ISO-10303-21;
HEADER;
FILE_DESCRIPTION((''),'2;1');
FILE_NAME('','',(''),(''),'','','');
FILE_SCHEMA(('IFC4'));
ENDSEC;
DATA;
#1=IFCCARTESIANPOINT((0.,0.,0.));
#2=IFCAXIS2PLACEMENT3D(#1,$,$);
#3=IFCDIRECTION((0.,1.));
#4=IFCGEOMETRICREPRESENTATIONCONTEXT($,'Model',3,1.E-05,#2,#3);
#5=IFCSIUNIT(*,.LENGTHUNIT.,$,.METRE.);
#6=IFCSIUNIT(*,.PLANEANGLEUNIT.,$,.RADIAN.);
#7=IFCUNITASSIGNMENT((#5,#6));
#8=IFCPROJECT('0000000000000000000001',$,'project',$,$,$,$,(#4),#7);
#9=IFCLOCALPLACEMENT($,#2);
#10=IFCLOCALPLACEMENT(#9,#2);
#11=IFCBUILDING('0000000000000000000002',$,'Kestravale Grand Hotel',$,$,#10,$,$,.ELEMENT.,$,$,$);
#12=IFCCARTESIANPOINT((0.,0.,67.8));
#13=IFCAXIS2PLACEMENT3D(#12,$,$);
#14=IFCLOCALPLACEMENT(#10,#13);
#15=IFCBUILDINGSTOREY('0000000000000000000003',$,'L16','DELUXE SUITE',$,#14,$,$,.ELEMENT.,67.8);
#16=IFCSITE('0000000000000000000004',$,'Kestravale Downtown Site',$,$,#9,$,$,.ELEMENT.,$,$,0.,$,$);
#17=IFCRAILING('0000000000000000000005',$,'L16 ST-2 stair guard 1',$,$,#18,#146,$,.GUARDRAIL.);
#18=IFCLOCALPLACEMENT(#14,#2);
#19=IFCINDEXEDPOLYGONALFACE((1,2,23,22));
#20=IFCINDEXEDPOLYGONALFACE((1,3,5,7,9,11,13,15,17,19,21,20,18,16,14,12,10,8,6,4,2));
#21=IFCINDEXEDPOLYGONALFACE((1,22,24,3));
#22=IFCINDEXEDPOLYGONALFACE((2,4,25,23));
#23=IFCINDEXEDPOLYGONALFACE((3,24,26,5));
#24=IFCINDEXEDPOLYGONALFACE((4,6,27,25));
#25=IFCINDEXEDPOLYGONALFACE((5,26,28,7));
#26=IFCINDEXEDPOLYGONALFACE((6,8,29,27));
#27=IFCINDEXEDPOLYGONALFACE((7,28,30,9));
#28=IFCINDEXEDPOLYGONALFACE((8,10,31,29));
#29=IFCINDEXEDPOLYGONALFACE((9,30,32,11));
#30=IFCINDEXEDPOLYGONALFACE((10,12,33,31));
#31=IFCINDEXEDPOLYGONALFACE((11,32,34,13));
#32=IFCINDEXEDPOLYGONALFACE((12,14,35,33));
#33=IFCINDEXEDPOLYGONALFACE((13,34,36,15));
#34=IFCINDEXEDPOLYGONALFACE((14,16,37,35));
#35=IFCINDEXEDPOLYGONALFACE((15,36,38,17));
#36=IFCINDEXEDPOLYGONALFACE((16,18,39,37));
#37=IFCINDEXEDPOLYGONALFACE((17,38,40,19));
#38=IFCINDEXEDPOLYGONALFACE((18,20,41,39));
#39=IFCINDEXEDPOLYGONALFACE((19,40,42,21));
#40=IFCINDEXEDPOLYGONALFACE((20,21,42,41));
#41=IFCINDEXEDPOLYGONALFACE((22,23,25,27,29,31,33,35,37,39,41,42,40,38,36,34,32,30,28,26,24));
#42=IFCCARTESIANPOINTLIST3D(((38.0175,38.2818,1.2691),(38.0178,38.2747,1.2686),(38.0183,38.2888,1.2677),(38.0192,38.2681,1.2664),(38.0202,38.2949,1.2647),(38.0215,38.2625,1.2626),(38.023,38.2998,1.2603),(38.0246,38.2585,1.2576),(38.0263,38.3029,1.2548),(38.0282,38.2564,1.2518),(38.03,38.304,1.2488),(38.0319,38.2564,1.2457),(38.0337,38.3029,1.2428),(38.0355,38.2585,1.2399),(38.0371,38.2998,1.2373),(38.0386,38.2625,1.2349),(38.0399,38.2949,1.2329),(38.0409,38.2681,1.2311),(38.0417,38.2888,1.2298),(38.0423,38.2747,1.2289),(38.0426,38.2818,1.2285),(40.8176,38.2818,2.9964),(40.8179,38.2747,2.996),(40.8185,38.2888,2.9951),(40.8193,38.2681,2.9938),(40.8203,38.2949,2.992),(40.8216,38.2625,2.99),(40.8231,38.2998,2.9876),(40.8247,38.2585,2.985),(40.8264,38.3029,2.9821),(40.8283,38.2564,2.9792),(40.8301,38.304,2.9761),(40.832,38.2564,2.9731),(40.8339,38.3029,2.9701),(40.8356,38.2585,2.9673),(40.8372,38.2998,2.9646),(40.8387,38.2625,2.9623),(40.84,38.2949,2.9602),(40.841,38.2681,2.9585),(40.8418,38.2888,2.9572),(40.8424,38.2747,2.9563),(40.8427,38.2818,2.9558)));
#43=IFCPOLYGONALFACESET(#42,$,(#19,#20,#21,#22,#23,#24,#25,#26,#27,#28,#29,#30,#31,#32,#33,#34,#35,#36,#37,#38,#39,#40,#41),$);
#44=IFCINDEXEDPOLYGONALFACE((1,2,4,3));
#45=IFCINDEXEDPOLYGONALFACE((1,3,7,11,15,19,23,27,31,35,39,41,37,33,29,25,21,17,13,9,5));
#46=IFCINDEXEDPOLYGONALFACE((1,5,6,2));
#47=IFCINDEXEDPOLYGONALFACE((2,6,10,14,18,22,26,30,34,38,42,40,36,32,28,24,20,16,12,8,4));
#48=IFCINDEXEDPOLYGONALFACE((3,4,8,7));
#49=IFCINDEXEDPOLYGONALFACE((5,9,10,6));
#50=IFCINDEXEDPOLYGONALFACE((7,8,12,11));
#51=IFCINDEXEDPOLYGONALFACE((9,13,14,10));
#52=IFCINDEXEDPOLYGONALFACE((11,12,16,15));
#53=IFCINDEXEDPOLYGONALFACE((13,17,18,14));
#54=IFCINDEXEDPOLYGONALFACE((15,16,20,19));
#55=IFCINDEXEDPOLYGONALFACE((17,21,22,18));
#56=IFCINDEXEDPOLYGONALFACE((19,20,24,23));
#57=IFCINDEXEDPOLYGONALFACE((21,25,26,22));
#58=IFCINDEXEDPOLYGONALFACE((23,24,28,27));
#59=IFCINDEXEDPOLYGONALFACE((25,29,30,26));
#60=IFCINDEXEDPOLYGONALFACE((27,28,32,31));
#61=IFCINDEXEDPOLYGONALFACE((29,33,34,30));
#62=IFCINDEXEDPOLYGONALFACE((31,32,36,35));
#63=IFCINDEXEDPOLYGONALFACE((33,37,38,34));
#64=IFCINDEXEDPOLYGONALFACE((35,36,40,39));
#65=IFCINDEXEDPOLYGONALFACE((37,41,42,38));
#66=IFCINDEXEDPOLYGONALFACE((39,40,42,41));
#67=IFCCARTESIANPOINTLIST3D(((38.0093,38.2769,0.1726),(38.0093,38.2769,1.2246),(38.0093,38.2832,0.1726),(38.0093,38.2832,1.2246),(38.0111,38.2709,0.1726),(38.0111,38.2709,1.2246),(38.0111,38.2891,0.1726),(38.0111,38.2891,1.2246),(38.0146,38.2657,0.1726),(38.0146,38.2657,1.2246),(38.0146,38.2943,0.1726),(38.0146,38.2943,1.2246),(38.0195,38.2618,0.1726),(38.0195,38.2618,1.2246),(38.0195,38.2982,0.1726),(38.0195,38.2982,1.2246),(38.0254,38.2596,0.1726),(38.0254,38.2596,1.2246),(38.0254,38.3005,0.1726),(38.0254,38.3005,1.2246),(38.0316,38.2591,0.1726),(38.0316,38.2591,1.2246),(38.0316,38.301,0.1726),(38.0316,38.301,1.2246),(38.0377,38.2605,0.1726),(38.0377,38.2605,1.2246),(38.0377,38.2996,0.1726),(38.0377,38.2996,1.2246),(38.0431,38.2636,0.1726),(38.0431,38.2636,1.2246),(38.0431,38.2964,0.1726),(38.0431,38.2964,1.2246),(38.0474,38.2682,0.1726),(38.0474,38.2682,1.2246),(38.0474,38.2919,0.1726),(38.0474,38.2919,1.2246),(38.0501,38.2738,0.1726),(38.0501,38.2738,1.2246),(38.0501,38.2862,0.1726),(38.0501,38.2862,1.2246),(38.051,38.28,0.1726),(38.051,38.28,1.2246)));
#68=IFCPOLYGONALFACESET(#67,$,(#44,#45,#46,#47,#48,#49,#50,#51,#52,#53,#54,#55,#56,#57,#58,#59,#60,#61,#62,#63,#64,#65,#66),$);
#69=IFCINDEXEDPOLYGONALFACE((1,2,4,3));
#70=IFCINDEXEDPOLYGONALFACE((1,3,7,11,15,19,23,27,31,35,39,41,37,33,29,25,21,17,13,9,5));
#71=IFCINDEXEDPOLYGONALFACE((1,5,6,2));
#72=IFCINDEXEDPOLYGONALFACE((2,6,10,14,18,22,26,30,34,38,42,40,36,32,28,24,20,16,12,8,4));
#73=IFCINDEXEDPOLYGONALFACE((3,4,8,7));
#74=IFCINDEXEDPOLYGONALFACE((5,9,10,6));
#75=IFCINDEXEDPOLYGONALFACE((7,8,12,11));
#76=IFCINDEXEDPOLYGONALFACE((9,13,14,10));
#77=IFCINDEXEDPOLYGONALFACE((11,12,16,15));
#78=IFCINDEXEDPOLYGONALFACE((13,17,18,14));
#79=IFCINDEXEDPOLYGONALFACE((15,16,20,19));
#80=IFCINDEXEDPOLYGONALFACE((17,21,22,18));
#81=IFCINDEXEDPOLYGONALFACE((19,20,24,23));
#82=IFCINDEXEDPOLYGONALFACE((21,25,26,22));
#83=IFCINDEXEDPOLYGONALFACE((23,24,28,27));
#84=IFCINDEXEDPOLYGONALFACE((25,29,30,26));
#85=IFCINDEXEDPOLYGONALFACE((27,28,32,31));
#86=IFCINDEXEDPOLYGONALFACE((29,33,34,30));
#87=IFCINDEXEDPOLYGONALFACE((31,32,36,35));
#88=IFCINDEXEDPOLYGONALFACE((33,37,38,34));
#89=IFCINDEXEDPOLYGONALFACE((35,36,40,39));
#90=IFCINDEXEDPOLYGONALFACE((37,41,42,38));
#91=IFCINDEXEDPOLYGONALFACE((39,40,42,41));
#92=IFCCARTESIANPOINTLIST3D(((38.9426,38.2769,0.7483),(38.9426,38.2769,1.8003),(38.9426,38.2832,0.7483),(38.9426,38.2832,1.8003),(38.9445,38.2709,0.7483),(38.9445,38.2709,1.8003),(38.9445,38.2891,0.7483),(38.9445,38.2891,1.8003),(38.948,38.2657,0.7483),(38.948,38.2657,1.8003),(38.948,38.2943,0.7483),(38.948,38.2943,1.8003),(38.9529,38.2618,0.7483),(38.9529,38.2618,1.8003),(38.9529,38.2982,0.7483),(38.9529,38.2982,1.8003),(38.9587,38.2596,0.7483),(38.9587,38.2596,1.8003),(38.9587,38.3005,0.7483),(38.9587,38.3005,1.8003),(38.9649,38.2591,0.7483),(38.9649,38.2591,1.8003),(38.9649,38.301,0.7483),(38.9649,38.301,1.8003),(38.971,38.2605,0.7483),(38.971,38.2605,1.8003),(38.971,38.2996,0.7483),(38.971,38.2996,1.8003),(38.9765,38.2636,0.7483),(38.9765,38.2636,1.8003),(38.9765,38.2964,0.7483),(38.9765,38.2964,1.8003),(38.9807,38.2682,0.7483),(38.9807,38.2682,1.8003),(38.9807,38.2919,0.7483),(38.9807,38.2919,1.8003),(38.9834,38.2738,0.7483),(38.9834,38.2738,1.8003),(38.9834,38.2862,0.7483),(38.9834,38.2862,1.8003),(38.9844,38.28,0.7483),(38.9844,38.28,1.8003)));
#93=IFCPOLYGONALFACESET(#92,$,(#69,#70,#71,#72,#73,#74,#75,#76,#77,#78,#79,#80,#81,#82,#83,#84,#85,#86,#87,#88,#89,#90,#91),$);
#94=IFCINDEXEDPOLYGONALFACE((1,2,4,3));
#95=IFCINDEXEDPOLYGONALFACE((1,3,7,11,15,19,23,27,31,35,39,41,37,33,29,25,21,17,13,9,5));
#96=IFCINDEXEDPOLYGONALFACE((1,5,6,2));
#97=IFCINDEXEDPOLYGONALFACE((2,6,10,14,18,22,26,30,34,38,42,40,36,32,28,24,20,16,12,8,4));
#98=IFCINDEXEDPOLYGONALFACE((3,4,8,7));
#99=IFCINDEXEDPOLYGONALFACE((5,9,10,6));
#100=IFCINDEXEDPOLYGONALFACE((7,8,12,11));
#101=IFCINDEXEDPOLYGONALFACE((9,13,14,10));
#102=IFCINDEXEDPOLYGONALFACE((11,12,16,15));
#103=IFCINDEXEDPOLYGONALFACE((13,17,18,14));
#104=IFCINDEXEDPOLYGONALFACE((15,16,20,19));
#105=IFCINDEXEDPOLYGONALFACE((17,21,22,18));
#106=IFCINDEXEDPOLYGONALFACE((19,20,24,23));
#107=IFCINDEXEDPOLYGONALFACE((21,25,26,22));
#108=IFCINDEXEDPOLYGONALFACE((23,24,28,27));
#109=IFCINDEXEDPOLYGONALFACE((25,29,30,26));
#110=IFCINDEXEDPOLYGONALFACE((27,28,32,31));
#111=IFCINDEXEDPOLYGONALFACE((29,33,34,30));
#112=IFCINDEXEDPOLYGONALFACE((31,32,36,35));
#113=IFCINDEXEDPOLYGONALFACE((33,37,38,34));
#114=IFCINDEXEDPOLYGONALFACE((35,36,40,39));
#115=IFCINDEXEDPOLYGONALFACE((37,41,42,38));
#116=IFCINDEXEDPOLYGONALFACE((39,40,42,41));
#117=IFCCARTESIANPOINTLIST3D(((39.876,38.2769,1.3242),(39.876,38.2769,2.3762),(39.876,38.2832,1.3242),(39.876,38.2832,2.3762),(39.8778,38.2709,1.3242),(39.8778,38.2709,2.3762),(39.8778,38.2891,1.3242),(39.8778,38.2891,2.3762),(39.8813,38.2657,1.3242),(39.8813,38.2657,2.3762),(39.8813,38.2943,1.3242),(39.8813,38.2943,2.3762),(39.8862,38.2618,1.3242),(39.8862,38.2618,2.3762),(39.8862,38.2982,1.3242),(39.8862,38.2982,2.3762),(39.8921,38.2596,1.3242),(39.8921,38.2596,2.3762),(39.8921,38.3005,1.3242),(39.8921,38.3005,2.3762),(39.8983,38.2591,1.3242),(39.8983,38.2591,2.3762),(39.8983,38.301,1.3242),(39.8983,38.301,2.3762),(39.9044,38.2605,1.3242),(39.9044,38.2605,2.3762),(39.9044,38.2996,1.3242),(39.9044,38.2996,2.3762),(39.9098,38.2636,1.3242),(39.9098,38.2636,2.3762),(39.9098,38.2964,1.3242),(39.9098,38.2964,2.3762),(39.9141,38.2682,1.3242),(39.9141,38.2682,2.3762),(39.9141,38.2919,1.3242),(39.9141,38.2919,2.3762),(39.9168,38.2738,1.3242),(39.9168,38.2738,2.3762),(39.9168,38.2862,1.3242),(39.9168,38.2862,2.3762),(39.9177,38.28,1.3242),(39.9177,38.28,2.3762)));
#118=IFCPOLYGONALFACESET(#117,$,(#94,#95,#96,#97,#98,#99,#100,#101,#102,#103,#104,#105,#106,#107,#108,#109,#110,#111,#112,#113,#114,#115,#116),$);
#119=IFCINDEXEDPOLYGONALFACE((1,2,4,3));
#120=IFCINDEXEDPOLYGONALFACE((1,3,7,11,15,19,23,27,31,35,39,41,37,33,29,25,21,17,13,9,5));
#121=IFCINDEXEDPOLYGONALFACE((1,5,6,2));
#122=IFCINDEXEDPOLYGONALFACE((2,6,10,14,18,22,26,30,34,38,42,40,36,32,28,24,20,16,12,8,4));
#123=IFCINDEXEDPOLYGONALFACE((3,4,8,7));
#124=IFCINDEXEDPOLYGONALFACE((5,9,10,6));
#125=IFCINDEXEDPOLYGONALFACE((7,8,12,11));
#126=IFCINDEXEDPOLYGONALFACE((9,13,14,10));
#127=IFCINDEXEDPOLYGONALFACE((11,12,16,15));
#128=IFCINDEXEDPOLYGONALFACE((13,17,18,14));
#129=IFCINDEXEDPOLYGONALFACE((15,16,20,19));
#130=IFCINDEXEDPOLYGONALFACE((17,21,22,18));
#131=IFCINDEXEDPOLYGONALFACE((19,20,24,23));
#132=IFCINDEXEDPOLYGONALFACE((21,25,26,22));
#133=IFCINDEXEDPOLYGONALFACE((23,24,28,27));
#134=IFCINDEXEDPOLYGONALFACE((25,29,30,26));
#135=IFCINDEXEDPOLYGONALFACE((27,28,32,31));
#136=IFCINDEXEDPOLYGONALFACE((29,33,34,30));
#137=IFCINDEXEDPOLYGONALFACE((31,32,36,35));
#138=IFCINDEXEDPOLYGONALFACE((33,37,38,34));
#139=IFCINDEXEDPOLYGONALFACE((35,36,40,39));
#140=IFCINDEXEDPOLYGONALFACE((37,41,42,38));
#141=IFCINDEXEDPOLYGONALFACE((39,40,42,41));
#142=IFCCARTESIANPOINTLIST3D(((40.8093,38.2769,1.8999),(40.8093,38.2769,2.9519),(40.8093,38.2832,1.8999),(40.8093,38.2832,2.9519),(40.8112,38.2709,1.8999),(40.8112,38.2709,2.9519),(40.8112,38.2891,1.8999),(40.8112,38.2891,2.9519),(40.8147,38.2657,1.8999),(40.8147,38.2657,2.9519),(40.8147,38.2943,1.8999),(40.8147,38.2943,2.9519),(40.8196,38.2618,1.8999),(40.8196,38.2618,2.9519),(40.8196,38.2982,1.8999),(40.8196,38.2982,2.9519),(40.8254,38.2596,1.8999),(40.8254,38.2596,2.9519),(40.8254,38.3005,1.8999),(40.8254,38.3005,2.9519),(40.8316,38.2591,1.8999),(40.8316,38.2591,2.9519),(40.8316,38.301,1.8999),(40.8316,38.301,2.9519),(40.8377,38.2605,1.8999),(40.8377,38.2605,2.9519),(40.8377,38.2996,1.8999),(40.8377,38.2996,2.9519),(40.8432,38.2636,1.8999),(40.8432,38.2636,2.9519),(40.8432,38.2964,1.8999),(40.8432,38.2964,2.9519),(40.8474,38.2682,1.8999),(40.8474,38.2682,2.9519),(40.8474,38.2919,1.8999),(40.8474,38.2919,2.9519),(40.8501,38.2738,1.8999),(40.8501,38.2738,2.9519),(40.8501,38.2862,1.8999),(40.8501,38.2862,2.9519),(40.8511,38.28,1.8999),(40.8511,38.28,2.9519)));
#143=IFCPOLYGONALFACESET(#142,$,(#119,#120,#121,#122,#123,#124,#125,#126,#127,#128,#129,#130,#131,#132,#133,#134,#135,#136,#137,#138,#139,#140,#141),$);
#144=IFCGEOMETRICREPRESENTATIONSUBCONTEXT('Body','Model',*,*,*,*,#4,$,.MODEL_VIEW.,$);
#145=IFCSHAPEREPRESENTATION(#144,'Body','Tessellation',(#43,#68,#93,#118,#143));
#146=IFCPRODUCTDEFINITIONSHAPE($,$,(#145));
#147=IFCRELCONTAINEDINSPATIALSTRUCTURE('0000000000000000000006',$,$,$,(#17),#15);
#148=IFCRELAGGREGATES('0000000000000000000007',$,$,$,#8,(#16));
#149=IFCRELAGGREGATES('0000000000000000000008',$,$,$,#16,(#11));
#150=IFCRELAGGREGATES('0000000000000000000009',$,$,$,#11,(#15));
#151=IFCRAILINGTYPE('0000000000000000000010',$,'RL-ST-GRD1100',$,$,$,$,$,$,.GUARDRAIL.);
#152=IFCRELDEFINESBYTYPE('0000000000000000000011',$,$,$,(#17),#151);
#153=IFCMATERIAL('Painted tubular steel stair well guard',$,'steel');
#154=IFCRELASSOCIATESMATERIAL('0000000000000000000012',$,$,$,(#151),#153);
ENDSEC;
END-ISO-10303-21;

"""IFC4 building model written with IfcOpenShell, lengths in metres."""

from ifc_helpers import new_model, si_unit, direction, frame, origin, origin_2d, place, context, subcontext, project, spatial, circle, extrude, material, type_object, element, save


model = new_model("IFC4")

# Units and contexts
model_context = context("Model", 3, precision=1e-05, world=origin(), true_north=direction((0.0, 1.0)))
body_context = subcontext(model_context, "Body", "Model", "MODEL_VIEW")
ifc_project = project(units=[si_unit("LENGTHUNIT", "METRE"), si_unit("PLANEANGLEUNIT", "RADIAN")], contexts=[model_context])

# Site, building, storey
site_placement = place(None, origin())
site = spatial("IfcSite", under=ifc_project, at=site_placement, Name="Kestravale Downtown Site", CompositionType="ELEMENT", RefElevation=0.0)
building_placement = place(site_placement, origin())
building = spatial("IfcBuilding", under=site, at=building_placement, Name="Kestravale Grand Hotel", CompositionType="ELEMENT")
storey_placement = place(building_placement, frame((0.0, 0.0, 67.8)))
storey = spatial("IfcBuildingStorey", under=building, at=storey_placement, Name="L16", Description="DELUXE SUITE", CompositionType="ELEMENT", Elevation=67.8)

# Railing
ifc_material_1 = material(Name="Painted tubular steel stair well guard", Category="steel")
railing_type_1 = type_object("IfcRailingType", Name="RL-ST-GRD1100", PredefinedType="GUARDRAIL", material=ifc_material_1)
railing_1_placement = place(storey_placement, frame((38.03, 38.28, 0.1726)))
element("IfcRailing", 1, at=railing_1_placement, inside=storey, type_object=railing_type_1, Name="L16 ST-2 stair guard 1", PredefinedType="GUARDRAIL", context=body_context, shape_type="SweptSolid", body=[
    extrude(circle(Radius=0.0239, at=origin_2d()), frame((0.0, 0.0, 1.0762), z_axis=(0.85109, 0.0, 0.52502), x_axis=(0.0, 1.0, 0.0)), (0.0, 0.0, 1.0), 3.29),
    extrude(circle(Radius=0.021, at=origin_2d()), origin(), (0.0, 0.0, 1.0), 1.052),
    extrude(circle(Radius=0.021, at=origin_2d()), frame((0.9333, 0.0, 0.5757)), (0.0, 0.0, 1.0), 1.052),
    extrude(circle(Radius=0.021, at=origin_2d()), frame((1.8667, 0.0, 1.1516)), (0.0, 0.0, 1.0), 1.052),
    extrude(circle(Radius=0.021, at=origin_2d()), frame((2.8, 0.0, 1.7273)), (0.0, 0.0, 1.0), 1.052),
])

save(model, "model.ifc")
